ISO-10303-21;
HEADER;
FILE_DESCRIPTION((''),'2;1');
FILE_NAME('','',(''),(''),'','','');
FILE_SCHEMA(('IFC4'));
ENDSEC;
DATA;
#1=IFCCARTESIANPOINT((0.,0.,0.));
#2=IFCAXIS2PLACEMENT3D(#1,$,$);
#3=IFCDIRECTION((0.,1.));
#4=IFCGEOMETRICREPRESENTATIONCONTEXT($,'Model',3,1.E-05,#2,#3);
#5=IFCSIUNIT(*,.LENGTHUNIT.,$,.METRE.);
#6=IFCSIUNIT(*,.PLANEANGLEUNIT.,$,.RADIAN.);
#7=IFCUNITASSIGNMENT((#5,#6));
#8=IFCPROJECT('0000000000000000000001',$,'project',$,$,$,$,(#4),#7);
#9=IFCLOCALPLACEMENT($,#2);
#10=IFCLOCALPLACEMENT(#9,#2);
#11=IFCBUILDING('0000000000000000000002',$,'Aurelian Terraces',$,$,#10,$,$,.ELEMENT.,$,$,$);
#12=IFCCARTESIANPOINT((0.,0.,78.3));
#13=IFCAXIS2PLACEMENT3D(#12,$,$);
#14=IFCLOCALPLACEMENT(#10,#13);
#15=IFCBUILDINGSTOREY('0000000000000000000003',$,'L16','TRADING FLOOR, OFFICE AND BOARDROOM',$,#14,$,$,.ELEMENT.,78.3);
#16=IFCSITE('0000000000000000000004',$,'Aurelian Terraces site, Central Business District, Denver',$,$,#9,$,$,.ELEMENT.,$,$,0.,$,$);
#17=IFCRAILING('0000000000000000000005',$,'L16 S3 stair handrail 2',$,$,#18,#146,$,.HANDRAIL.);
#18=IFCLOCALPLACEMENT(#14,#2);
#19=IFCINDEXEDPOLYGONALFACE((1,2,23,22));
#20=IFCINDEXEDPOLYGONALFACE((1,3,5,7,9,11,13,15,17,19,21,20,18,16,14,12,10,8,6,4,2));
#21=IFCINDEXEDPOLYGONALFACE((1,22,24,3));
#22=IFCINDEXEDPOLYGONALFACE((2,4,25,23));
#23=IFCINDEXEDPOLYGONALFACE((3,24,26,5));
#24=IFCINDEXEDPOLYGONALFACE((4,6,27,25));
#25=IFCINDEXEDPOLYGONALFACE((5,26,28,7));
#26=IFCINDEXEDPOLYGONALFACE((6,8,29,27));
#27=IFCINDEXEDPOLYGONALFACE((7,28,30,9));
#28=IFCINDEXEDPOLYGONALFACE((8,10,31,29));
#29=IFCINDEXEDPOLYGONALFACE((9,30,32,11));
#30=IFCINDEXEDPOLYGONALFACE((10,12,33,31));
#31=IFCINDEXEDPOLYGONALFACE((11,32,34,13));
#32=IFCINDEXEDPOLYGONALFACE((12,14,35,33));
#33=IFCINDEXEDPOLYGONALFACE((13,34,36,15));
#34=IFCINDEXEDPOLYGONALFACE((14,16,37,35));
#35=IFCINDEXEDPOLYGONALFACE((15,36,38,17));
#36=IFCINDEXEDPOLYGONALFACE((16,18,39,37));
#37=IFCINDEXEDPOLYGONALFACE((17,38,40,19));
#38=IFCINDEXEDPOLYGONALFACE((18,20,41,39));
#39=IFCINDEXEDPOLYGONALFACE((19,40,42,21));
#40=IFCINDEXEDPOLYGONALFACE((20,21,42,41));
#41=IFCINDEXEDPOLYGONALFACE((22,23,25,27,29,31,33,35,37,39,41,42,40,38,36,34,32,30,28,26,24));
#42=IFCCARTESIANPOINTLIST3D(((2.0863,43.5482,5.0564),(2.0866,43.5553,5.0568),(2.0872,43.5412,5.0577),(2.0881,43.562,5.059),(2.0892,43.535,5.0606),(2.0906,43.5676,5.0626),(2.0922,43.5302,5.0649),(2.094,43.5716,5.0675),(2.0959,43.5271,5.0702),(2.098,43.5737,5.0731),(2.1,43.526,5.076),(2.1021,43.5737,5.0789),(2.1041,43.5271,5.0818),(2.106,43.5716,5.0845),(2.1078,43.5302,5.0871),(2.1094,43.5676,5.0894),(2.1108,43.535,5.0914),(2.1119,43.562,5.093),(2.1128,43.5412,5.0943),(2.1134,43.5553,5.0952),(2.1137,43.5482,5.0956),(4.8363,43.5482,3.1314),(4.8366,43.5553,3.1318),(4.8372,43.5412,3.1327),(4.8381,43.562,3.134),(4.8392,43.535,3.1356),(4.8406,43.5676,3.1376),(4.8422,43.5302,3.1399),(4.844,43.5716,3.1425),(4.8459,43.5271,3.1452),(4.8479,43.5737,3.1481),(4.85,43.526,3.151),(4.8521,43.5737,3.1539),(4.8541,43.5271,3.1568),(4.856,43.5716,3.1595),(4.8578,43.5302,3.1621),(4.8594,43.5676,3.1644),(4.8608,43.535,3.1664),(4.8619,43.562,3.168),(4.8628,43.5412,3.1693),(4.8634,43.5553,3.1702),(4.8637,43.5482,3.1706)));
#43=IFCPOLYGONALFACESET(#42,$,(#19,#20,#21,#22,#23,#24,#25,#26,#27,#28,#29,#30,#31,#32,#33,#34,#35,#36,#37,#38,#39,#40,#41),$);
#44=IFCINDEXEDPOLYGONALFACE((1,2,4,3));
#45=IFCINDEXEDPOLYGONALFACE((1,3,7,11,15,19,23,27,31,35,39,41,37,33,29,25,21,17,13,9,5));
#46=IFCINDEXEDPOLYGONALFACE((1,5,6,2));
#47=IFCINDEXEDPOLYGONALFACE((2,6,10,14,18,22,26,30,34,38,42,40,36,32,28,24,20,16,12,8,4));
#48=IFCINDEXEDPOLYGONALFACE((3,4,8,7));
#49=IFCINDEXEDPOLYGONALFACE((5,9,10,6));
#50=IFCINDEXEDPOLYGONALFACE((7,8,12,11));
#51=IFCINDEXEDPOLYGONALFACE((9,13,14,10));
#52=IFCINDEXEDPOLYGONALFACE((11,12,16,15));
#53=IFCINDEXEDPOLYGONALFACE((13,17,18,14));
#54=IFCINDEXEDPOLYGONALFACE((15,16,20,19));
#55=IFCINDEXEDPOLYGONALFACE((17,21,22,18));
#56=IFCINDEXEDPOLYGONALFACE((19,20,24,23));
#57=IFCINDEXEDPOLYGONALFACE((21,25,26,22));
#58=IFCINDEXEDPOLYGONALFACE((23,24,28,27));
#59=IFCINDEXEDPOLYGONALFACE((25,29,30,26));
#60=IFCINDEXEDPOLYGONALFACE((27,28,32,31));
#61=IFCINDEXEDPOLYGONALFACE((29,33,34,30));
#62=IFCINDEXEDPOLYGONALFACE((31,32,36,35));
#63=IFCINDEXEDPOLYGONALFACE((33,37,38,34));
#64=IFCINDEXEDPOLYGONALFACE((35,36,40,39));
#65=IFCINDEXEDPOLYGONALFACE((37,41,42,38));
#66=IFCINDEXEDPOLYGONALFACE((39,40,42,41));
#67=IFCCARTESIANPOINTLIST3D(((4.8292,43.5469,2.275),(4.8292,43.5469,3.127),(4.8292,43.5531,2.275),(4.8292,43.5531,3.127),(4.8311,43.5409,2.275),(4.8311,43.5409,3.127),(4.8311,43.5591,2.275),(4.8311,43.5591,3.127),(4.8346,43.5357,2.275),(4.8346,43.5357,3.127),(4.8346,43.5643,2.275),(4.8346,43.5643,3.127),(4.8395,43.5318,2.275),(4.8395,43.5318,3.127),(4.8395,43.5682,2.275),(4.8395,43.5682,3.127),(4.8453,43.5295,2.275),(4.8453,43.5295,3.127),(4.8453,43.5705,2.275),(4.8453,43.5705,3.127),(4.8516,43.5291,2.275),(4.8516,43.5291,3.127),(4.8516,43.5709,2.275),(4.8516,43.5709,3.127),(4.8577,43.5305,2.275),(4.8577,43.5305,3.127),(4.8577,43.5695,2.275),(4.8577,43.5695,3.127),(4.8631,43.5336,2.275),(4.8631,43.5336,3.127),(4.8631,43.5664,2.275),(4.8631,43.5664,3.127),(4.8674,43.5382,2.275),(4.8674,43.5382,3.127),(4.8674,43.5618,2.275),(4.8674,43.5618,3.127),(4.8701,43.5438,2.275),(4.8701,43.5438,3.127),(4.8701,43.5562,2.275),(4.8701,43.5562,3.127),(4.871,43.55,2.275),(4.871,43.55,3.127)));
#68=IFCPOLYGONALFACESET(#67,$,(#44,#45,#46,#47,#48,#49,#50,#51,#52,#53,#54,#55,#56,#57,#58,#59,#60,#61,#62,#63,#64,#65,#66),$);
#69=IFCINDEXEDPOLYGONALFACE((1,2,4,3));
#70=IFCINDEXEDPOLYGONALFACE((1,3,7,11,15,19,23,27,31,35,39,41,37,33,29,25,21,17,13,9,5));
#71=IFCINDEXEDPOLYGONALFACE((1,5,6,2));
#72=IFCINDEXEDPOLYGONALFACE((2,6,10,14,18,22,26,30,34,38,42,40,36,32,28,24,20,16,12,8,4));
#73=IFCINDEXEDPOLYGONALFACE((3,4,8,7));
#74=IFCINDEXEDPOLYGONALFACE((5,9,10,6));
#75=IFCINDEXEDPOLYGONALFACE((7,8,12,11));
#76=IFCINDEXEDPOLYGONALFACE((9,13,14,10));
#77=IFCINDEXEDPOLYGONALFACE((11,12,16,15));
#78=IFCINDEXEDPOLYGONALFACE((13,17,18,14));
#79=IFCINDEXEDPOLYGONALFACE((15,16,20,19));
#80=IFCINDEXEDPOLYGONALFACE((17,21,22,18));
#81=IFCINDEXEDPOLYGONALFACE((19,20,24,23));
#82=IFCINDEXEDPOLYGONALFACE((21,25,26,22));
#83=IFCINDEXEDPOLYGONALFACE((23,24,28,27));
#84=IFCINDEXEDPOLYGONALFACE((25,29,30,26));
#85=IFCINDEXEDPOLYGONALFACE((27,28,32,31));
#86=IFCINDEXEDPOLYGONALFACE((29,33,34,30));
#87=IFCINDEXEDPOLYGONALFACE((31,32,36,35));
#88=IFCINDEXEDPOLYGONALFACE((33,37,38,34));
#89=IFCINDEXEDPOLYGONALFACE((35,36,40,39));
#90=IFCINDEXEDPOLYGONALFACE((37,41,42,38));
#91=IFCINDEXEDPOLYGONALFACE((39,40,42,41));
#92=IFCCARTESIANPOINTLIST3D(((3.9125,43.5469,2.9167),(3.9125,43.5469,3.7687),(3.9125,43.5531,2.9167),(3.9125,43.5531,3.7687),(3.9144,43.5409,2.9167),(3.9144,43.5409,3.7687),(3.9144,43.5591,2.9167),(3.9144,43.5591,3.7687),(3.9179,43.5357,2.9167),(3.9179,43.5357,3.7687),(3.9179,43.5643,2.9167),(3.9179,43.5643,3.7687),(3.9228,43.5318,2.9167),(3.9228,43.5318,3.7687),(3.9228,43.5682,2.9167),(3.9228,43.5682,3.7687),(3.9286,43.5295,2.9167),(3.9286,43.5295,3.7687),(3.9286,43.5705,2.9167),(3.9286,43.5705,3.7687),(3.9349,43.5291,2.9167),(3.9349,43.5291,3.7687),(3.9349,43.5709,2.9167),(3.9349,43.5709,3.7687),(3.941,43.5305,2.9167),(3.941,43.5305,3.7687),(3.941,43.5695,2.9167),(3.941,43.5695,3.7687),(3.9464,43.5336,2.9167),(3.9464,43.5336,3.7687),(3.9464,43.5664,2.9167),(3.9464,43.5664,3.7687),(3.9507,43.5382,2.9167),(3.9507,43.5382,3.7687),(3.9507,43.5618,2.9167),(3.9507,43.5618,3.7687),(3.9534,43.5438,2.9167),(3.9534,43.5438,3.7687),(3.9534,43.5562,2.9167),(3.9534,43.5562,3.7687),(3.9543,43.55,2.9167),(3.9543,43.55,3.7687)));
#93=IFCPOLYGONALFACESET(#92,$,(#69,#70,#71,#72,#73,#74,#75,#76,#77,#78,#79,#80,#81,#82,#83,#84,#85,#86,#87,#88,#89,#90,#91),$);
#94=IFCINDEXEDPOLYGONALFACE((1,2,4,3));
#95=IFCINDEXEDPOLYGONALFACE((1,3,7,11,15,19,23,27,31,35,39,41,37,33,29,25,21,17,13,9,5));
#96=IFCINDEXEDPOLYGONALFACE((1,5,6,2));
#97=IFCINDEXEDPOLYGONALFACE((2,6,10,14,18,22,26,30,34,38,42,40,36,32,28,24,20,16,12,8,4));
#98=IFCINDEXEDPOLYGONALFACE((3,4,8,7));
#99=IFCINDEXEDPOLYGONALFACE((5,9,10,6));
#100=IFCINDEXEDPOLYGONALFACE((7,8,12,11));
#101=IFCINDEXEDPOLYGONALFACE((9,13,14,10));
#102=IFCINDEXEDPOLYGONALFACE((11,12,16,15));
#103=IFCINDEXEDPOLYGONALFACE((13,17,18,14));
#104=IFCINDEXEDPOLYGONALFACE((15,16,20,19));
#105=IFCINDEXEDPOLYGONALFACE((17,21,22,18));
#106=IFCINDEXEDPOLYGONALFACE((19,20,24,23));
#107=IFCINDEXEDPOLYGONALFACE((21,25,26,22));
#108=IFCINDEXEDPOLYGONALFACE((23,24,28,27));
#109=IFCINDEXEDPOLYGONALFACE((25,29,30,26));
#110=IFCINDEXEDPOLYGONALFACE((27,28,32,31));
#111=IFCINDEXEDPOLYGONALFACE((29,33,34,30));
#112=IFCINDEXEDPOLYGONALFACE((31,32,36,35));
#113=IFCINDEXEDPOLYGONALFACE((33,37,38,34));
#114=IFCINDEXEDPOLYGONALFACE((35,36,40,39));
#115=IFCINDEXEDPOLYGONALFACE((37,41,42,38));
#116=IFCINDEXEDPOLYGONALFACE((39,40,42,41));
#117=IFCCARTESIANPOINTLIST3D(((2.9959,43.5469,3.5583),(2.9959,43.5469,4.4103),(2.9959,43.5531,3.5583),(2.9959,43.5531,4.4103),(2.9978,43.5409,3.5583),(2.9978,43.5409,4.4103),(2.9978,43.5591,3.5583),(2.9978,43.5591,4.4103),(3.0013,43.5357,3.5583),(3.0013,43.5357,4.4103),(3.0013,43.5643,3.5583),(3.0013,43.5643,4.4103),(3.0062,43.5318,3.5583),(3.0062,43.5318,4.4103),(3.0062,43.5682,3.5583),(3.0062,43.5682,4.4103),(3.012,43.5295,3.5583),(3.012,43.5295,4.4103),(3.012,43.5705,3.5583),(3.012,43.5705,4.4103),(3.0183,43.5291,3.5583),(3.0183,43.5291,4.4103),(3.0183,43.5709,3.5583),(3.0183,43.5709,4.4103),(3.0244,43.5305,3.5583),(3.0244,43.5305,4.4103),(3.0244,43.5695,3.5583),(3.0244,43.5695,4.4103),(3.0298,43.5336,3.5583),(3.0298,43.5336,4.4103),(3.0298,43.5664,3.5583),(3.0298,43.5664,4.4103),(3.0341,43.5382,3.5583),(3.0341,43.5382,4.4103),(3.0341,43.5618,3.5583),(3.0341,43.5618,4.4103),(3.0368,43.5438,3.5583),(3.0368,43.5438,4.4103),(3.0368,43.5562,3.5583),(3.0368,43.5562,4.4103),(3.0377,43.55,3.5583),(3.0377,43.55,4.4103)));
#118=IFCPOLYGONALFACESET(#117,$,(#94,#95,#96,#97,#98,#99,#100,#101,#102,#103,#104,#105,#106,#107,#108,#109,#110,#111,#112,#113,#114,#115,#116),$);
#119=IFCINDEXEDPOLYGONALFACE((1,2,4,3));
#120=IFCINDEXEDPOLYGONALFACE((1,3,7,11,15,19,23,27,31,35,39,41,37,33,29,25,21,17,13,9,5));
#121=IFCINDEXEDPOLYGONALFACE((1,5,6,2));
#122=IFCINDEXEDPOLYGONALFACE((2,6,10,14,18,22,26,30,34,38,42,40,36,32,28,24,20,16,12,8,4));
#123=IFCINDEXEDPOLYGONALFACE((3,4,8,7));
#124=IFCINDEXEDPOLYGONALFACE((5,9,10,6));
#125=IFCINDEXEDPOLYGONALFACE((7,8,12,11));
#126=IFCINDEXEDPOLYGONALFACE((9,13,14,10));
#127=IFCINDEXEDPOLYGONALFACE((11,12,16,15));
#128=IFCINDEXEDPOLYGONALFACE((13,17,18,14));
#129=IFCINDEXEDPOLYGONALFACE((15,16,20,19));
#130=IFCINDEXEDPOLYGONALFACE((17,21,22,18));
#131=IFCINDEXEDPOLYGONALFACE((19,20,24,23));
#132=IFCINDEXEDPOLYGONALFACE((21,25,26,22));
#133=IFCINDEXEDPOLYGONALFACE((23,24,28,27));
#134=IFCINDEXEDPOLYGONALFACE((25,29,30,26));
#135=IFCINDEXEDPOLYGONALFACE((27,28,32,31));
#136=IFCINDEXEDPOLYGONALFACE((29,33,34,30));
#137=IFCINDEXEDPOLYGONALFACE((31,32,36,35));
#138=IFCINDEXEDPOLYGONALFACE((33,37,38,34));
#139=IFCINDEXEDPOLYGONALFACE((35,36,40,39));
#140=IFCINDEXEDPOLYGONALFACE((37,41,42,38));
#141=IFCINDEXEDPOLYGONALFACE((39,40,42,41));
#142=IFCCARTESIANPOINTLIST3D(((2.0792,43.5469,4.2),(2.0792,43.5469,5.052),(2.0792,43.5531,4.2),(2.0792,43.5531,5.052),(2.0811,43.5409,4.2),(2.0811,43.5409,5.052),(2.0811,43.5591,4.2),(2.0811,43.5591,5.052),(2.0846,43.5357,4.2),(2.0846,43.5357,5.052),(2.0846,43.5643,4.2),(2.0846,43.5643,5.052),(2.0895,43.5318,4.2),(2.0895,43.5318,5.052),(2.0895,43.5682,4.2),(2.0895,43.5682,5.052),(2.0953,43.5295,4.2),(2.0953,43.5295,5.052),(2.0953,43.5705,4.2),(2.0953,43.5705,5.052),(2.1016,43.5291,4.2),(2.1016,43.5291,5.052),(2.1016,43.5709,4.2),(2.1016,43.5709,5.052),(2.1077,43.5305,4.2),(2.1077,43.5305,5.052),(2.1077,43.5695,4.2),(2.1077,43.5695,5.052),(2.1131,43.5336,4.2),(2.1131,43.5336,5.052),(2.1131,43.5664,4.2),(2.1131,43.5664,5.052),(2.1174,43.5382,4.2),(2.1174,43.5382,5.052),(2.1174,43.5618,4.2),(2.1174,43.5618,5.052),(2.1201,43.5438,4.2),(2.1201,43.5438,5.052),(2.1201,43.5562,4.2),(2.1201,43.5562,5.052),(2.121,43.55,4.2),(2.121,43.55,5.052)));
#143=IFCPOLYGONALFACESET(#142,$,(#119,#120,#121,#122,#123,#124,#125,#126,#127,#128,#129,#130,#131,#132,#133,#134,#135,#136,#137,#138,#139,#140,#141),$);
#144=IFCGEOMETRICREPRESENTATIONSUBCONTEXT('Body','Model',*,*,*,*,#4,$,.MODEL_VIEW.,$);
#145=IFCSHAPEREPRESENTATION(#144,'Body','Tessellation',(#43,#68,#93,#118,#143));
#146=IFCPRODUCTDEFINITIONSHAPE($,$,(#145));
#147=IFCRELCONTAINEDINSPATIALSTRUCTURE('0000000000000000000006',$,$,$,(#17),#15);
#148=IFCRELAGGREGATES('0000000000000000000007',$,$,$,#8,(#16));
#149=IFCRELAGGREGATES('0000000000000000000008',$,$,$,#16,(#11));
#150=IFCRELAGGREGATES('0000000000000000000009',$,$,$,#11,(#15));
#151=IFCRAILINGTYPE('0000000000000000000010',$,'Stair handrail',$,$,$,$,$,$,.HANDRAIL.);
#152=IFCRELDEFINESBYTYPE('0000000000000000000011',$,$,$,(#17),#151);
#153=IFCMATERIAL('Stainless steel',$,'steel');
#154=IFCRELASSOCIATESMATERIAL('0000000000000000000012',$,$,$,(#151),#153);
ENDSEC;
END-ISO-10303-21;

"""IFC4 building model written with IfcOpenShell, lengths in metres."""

from ifc_helpers import new_model, si_unit, direction, frame, origin, origin_2d, place, context, subcontext, project, spatial, circle, extrude, source, transform, mapped, material, type_object, element, save


model = new_model("IFC4")

# Units and contexts
model_context = context("Model", 3, precision=1e-05, world=origin(), true_north=direction((0.0, 1.0)))
body_context = subcontext(model_context, "Body", "Model", "MODEL_VIEW")
ifc_project = project(units=[si_unit("LENGTHUNIT", "METRE"), si_unit("PLANEANGLEUNIT", "RADIAN")], contexts=[model_context])

# Site, building, storey
site_placement = place(None, origin())
site = spatial("IfcSite", under=ifc_project, at=site_placement, Name="Aurelian Terraces site, Central Business District, Denver", CompositionType="ELEMENT", RefElevation=0.0)
building_placement = place(site_placement, origin())
building = spatial("IfcBuilding", under=site, at=building_placement, Name="Aurelian Terraces", CompositionType="ELEMENT")
storey_placement = place(building_placement, frame((0.0, 0.0, 78.3)))
storey = spatial("IfcBuildingStorey", under=building, at=storey_placement, Name="L16", Description="TRADING FLOOR, OFFICE AND BOARDROOM", CompositionType="ELEMENT", Elevation=78.3)

# Railing
ifc_material_1 = material(Name="Stainless steel", Category="steel")
railing_type_1 = type_object("IfcRailingType", Name="Stair handrail", PredefinedType="HANDRAIL", material=ifc_material_1)
shared_shape_1 = source(origin(), body_context, "Body", "SweptSolid", [
    extrude(circle(Radius=0.024, at=origin_2d()), frame((0.0, 0.0, 0.876), z_axis=(-0.819232, 0.0, 0.573462), x_axis=(0.0, -1.0, 0.0)), (0.0, 0.0, 1.0), 3.3568),
    extrude(circle(Radius=0.021, at=origin_2d()), origin(), (0.0, 0.0, 1.0), 0.852),
    extrude(circle(Radius=0.021, at=origin_2d()), frame((-0.9167, 0.0, 0.6417)), (0.0, 0.0, 1.0), 0.852),
    extrude(circle(Radius=0.021, at=origin_2d()), frame((-1.8333, 0.0, 1.2833)), (0.0, 0.0, 1.0), 0.852),
    extrude(circle(Radius=0.021, at=origin_2d()), frame((-2.75, 0.0, 1.925)), (0.0, 0.0, 1.0), 0.852),
])
railing_1_placement = place(storey_placement, frame((4.85, 43.55, 2.275)))
element("IfcRailing", 1, at=railing_1_placement, inside=storey, type_object=railing_type_1, Name="L16 S3 stair handrail 2", PredefinedType="HANDRAIL", context=body_context, shape_type="MappedRepresentation", body=[
    mapped(shared_shape_1, transform((0.0, 0.0, 0.0), scale=1.0)),
])

save(model, "model.ifc")
